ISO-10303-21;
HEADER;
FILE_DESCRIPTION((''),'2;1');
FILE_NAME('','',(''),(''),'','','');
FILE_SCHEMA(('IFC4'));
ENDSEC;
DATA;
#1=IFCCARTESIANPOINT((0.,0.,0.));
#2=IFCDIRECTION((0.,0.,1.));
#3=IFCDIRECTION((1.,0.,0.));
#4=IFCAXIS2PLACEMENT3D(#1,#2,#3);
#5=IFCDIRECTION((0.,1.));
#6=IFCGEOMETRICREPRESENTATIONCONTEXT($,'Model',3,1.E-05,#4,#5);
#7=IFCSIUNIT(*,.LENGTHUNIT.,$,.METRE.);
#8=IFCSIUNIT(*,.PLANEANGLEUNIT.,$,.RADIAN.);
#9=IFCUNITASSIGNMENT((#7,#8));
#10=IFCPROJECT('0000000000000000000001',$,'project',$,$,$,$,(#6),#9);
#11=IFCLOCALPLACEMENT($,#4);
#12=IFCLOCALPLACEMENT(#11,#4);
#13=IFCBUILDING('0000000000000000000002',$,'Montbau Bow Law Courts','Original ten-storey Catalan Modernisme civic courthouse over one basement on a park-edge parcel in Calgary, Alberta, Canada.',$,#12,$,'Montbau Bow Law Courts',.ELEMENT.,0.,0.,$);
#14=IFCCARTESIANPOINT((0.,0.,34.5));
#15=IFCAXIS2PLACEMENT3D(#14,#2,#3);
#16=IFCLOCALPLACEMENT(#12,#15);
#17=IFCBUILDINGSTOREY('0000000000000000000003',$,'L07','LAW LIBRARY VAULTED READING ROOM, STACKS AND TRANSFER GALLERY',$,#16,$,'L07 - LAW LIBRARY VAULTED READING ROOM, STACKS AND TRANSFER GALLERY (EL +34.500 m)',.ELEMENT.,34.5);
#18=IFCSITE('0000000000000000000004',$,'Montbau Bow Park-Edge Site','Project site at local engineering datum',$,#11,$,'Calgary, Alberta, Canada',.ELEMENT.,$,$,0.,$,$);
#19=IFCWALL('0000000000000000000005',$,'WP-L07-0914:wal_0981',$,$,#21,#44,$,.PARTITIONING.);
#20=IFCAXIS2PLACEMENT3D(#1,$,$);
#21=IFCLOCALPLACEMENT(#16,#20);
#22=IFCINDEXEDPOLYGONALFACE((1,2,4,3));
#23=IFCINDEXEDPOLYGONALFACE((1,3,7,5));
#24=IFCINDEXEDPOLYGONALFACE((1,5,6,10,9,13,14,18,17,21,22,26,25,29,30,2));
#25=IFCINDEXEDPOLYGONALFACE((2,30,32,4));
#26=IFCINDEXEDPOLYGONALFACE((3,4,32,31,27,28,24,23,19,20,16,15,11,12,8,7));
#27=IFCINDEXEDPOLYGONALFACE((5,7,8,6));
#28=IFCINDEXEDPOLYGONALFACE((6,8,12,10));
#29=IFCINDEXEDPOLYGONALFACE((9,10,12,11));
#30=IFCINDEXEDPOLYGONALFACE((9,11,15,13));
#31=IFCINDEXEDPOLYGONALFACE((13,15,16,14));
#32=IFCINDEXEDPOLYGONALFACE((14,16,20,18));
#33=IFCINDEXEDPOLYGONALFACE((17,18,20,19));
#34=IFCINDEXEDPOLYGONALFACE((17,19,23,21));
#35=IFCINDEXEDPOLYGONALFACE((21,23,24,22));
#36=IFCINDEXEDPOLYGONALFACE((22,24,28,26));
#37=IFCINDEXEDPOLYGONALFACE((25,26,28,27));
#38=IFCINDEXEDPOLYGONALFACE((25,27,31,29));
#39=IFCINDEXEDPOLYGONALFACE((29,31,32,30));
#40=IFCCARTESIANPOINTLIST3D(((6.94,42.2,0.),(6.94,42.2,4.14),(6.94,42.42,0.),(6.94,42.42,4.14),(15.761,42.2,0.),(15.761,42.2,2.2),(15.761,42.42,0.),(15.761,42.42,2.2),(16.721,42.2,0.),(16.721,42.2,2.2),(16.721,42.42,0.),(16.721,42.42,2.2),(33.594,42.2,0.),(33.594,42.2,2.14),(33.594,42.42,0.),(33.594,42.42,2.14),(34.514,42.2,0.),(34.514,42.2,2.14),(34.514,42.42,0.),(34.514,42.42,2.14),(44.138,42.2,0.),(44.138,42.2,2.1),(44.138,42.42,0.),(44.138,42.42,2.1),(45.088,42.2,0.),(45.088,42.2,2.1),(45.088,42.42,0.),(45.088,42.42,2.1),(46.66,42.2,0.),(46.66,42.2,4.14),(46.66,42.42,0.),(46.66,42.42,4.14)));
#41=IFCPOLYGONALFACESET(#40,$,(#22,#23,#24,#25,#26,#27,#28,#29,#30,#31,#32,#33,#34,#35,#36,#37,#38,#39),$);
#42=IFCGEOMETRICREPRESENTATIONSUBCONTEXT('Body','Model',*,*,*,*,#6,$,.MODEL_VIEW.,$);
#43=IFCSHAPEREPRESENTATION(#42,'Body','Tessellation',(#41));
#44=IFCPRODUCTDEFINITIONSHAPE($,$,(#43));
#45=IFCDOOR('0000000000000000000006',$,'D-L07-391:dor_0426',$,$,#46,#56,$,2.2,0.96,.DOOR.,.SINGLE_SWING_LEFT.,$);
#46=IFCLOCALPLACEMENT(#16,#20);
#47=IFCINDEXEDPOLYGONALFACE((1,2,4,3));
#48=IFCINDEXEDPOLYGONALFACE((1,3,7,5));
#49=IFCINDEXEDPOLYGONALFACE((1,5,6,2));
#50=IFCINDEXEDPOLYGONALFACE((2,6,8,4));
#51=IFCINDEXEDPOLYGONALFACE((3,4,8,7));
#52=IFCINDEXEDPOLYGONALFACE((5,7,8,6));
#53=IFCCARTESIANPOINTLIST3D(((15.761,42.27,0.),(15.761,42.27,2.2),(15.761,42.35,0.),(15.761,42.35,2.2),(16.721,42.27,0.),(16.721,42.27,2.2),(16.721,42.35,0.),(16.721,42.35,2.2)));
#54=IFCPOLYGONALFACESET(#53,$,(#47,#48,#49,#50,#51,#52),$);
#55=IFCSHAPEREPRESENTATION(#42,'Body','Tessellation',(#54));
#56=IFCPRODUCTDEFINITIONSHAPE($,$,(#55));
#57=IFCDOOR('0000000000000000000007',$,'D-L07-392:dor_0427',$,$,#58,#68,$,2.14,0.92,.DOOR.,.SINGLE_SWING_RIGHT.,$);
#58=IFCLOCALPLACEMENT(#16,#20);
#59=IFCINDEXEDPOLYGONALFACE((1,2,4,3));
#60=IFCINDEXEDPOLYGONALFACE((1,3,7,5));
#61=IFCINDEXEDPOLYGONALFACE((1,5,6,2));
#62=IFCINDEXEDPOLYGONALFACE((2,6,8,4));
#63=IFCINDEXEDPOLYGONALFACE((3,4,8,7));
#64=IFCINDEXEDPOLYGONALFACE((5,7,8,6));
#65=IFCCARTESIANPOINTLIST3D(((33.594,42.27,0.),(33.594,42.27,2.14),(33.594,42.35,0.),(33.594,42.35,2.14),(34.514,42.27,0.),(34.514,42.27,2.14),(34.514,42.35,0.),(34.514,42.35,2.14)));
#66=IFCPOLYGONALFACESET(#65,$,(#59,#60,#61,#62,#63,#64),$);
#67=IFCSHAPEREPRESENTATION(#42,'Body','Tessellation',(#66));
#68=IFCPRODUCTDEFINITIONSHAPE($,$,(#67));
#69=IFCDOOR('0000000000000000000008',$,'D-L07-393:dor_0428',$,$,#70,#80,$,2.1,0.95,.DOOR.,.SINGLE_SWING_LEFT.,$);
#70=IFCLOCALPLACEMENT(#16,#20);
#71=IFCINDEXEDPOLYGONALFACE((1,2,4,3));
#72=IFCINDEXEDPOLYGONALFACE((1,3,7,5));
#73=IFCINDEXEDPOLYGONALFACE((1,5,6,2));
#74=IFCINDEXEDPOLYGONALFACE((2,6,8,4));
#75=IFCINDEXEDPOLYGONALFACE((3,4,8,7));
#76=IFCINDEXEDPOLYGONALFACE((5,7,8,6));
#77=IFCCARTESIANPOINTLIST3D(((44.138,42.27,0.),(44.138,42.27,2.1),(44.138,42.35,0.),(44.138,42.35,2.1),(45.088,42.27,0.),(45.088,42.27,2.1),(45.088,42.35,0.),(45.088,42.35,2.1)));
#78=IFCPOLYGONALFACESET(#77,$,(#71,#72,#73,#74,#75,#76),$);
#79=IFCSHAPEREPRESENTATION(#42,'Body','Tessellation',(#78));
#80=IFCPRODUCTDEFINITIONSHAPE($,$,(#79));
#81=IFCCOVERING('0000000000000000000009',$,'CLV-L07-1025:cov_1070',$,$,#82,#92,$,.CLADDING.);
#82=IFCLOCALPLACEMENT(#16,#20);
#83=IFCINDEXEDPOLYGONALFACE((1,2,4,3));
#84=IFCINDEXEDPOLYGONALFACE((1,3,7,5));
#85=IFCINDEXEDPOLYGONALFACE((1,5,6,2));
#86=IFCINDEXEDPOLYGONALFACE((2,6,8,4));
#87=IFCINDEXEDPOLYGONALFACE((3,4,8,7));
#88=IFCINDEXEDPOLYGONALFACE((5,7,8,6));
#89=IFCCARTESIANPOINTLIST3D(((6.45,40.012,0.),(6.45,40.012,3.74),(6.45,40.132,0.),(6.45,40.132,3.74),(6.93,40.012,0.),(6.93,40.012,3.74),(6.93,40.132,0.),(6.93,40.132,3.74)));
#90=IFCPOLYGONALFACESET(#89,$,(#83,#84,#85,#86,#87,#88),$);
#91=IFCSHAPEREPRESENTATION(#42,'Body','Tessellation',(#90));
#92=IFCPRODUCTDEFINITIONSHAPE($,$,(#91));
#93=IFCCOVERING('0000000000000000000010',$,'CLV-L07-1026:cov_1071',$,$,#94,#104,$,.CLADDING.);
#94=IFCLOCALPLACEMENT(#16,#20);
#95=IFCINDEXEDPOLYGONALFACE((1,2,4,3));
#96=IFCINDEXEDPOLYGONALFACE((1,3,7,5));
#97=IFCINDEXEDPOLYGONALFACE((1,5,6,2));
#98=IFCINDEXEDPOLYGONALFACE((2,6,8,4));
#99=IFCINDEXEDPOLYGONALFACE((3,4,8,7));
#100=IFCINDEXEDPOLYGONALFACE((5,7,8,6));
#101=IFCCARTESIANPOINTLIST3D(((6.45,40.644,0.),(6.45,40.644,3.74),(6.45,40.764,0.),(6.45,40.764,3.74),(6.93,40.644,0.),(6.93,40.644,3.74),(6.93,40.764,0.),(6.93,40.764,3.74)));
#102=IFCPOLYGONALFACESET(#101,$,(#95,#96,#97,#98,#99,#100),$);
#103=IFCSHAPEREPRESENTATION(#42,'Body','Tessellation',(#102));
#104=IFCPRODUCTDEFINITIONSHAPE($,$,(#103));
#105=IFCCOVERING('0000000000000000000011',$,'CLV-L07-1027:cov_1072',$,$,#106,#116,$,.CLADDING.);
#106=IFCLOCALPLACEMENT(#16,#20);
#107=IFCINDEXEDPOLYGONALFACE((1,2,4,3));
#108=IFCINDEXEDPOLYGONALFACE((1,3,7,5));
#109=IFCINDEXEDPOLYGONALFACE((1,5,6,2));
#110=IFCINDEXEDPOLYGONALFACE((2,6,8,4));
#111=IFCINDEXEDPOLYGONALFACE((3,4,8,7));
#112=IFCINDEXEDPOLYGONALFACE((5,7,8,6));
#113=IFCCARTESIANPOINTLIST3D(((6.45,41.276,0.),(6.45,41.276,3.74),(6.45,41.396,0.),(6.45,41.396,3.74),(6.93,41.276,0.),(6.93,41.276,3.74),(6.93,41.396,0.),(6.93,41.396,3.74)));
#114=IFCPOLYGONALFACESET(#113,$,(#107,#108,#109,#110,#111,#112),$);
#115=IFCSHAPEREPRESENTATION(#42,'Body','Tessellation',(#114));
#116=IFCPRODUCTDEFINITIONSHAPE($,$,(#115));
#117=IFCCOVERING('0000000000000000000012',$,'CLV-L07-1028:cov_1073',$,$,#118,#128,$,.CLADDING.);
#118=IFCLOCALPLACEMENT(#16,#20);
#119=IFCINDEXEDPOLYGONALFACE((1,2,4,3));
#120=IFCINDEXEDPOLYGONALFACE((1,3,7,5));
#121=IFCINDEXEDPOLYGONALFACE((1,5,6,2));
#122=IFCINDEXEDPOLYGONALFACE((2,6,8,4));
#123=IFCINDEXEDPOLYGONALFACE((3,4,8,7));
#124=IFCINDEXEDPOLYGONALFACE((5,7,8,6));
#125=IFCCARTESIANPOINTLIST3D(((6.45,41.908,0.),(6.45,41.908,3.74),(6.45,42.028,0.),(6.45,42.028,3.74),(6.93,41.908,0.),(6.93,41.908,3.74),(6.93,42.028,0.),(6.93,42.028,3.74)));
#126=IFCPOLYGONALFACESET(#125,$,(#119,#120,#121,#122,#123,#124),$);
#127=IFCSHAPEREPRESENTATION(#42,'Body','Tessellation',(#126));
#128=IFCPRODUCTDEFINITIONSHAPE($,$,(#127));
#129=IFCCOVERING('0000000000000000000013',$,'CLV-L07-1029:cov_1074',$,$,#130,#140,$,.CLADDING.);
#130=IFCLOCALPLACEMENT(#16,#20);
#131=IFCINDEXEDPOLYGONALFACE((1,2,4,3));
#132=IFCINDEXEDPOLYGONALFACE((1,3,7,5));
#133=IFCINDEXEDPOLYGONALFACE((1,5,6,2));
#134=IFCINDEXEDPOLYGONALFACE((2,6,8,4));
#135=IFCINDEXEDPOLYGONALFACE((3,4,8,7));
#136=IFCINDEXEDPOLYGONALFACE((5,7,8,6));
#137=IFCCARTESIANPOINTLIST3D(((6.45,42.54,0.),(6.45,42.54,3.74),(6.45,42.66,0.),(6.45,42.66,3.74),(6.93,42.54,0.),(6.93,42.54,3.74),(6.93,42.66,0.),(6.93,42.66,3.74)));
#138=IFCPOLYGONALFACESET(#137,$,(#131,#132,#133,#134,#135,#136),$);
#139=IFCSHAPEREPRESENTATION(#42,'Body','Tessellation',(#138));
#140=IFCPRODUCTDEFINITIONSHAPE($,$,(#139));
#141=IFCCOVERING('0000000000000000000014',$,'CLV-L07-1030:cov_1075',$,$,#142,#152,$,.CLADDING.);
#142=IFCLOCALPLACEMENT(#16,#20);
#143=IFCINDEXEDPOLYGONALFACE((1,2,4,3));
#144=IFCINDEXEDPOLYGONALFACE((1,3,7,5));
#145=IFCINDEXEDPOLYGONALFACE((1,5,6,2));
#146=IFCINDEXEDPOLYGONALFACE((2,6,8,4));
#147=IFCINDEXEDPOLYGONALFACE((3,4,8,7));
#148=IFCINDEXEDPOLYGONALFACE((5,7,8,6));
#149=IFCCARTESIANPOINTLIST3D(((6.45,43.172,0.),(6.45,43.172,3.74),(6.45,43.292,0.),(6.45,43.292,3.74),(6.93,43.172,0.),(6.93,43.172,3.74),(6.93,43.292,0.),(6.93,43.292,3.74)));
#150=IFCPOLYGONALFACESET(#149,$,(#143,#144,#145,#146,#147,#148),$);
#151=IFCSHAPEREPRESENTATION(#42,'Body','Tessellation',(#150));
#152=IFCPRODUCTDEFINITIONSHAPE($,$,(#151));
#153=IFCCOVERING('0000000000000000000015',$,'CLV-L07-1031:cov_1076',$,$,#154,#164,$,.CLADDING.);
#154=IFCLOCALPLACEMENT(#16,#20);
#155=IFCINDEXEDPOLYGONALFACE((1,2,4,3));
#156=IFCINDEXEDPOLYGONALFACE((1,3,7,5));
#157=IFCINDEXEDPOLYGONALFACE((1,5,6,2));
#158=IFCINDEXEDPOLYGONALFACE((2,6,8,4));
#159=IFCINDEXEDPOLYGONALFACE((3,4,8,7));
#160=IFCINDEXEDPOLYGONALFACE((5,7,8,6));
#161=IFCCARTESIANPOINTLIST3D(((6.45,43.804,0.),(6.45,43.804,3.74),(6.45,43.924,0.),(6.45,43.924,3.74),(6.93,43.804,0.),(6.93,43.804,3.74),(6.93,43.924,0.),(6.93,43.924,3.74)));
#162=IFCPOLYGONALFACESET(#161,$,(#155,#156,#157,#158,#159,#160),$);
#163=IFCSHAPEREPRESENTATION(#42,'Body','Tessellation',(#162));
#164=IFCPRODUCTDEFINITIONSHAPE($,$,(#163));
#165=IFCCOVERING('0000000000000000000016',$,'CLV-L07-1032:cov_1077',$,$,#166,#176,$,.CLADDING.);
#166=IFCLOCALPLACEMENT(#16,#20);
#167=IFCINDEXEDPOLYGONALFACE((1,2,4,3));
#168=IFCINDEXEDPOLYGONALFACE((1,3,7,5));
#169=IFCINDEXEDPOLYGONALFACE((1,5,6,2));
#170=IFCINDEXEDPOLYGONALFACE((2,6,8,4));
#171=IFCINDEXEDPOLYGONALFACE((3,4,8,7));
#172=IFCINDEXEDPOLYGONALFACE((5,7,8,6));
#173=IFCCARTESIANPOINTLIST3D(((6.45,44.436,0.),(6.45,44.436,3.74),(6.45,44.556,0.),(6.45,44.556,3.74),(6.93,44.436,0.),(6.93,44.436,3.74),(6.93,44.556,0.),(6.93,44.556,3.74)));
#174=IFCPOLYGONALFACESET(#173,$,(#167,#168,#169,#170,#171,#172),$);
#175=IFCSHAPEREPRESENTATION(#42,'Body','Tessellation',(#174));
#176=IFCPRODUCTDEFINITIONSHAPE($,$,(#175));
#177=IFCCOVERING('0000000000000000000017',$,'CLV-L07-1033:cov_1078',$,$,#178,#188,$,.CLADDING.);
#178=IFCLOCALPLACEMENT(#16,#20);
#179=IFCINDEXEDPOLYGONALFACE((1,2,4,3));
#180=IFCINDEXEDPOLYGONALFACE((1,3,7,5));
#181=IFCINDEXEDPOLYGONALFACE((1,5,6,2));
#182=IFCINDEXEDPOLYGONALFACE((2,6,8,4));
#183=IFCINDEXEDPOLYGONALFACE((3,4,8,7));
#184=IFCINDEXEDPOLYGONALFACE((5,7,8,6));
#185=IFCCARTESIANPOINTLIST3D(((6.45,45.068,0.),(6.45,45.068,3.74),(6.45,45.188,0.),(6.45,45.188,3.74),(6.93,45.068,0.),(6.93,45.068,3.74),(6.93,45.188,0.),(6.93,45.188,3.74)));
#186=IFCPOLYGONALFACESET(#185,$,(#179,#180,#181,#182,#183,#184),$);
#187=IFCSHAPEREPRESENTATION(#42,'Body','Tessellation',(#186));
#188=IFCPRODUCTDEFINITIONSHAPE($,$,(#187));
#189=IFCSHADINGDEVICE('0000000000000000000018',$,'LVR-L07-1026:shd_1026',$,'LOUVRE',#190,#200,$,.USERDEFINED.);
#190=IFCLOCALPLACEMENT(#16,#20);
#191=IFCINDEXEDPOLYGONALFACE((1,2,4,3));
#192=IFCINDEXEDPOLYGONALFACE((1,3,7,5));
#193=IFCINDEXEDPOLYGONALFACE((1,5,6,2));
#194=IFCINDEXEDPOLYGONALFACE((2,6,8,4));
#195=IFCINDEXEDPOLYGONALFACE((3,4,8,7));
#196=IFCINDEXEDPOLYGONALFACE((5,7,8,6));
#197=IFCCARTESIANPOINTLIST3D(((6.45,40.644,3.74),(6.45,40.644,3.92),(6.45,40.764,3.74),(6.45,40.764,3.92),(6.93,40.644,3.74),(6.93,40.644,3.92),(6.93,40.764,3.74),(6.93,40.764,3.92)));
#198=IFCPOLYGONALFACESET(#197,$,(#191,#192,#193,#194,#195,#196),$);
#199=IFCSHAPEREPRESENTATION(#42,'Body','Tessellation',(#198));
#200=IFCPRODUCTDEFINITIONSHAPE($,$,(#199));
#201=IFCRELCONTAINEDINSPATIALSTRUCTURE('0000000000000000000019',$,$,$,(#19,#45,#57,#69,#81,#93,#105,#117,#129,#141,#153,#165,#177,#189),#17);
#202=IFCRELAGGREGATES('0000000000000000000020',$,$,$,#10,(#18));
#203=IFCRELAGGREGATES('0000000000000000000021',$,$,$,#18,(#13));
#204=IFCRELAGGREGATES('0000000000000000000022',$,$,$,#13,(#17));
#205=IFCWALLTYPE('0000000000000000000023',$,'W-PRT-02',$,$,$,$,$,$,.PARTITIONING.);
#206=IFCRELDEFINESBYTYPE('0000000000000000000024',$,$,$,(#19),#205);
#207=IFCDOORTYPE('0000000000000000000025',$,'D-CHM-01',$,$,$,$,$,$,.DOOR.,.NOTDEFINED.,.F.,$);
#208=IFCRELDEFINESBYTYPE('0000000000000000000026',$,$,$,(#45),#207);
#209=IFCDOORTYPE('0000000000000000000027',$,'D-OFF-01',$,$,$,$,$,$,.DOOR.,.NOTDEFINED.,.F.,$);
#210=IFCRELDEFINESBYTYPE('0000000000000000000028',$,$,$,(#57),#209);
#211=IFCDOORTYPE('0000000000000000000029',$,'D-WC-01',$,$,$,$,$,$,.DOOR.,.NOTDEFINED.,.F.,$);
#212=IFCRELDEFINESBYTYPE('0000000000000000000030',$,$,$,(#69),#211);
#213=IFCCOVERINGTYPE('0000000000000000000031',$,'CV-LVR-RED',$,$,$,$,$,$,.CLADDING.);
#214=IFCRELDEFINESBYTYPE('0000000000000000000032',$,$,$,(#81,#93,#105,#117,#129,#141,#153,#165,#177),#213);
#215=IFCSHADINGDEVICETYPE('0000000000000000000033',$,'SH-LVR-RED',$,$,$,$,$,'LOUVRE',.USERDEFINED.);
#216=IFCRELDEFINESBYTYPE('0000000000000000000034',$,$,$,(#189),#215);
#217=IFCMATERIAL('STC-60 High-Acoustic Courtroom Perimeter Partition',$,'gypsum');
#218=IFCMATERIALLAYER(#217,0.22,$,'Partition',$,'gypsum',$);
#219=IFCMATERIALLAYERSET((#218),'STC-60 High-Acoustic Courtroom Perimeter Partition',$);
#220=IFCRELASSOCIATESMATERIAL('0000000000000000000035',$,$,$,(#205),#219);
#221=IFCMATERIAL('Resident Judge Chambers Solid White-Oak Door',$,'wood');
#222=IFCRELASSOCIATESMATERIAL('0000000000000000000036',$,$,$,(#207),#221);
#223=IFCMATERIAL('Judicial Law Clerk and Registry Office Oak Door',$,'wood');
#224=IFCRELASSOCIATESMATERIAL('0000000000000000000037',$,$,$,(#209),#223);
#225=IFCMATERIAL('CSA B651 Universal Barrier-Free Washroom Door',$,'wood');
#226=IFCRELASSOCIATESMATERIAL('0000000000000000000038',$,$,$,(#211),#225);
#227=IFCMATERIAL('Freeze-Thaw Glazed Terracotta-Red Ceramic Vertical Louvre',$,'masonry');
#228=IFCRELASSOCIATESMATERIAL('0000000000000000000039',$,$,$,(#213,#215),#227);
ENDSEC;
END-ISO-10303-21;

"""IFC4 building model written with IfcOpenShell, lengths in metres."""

from ifc_helpers import new_model, si_unit, direction, frame, frame_2d, origin_with_axes, origin_2d_with_axis, place, context, subcontext, project, spatial, rectangle, extrude, material, layer, layer_set, type_object, element, fill, save


model = new_model("IFC4")

# Units and contexts
model_context = context("Model", 3, precision=1e-05, world=origin_with_axes(), true_north=direction((0.0, 1.0)))
body_context = subcontext(model_context, "Body", "Model", "MODEL_VIEW")
ifc_project = project(units=[si_unit("LENGTHUNIT", "METRE"), si_unit("PLANEANGLEUNIT", "RADIAN")], contexts=[model_context])

# Site, building, storey
site_placement = place(None, origin_with_axes())
site = spatial("IfcSite", under=ifc_project, at=site_placement, Name="Montbau Bow Park-Edge Site", Description="Project site at local engineering datum", LongName="Calgary, Alberta, Canada", CompositionType="ELEMENT", RefElevation=0.0)
building_placement = place(site_placement, origin_with_axes())
building = spatial("IfcBuilding", under=site, at=building_placement, Name="Montbau Bow Law Courts", Description="Original ten-storey Catalan Modernisme civic courthouse over one basement on a park-edge parcel in Calgary, Alberta, Canada.", LongName="Montbau Bow Law Courts", CompositionType="ELEMENT", ElevationOfRefHeight=0.0, ElevationOfTerrain=0.0)
storey_placement = place(building_placement, frame((0.0, 0.0, 34.5), z_axis=(0.0, 0.0, 1.0), x_axis=(1.0, 0.0, 0.0)))
storey = spatial("IfcBuildingStorey", under=building, at=storey_placement, Name="L07", Description="LAW LIBRARY VAULTED READING ROOM, STACKS AND TRANSFER GALLERY", LongName="L07 - LAW LIBRARY VAULTED READING ROOM, STACKS AND TRANSFER GALLERY (EL +34.500 m)", CompositionType="ELEMENT", Elevation=34.5)

# Wall, openings, doors
ifc_material_1 = material(Name="STC-60 High-Acoustic Courtroom Perimeter Partition", Category="gypsum")
ifc_layer_1 = layer(ifc_material_1, 0.22, Name="Partition", Category="gypsum")
ifc_layer_set_1 = layer_set([ifc_layer_1], Name="STC-60 High-Acoustic Courtroom Perimeter Partition")
wall_type = type_object("IfcWallType", Name="W-PRT-02", PredefinedType="PARTITIONING", material=ifc_layer_set_1)
wall_placement = place(None, frame((6.94, 42.31, 34.5), z_axis=(0.0, 0.0, 1.0), x_axis=(1.0, 0.0, 0.0)))
wall = element("IfcWall", 1, at=wall_placement, inside=storey, type_object=wall_type, Name="WP-L07-0914:wal_0981", PredefinedType="PARTITIONING", context=body_context, shape_type="SweptSolid", body=[
    extrude(rectangle(XDim=39.72, YDim=0.22, at=frame_2d((19.86, 0.0), x_axis=(1.0, 0.0))), origin_with_axes(), (0.0, 0.0, 1.0), 4.14),
])
opening_1_placement = place(None, frame((16.241, 42.31, 34.5), z_axis=(0.0, 0.0, 1.0), x_axis=(1.0, 0.0, 0.0)))
opening_1 = element("IfcOpeningElement", 2, at=opening_1_placement, cuts=wall, PredefinedType="OPENING", context=body_context, shape_type="SweptSolid", body=[
    extrude(rectangle(XDim=0.96, YDim=2.2, at=frame_2d((0.0, 1.1), x_axis=(1.0, 0.0))), frame((0.0, 0.12, 0.0), z_axis=(0.0, -1.0, 0.0), x_axis=(1.0, 0.0, 0.0)), (0.0, 0.0, 1.0), 0.24),
])
opening_2_placement = place(None, frame((34.054, 42.31, 34.5), z_axis=(0.0, 0.0, 1.0), x_axis=(1.0, 0.0, 0.0)))
opening_2 = element("IfcOpeningElement", 3, at=opening_2_placement, cuts=wall, PredefinedType="OPENING", context=body_context, shape_type="SweptSolid", body=[
    extrude(rectangle(XDim=0.92, YDim=2.14, at=frame_2d((0.0, 1.07), x_axis=(1.0, 0.0))), frame((0.0, 0.12, 0.0), z_axis=(0.0, -1.0, 0.0), x_axis=(1.0, 0.0, 0.0)), (0.0, 0.0, 1.0), 0.24),
])
opening_3_placement = place(None, frame((44.613, 42.31, 34.5), z_axis=(0.0, 0.0, 1.0), x_axis=(1.0, 0.0, 0.0)))
opening_3 = element("IfcOpeningElement", 4, at=opening_3_placement, cuts=wall, PredefinedType="OPENING", context=body_context, shape_type="SweptSolid", body=[
    extrude(rectangle(XDim=0.95, YDim=2.1, at=frame_2d((0.0, 1.05), x_axis=(1.0, 0.0))), frame((0.0, 0.12, 0.0), z_axis=(0.0, -1.0, 0.0), x_axis=(1.0, 0.0, 0.0)), (0.0, 0.0, 1.0), 0.24),
])
ifc_material_2 = material(Name="Resident Judge Chambers Solid White-Oak Door", Category="wood")
door_type_1 = type_object("IfcDoorType", Name="D-CHM-01", OperationType="NOTDEFINED", ParameterTakesPrecedence=False, PredefinedType="DOOR", material=ifc_material_2)
door_1_placement = place(None, frame((16.241, 42.31, 34.5), z_axis=(0.0, 0.0, 1.0), x_axis=(1.0, 0.0, 0.0)))
door_1 = element("IfcDoor", 5, at=door_1_placement, inside=storey, type_object=door_type_1, Name="D-L07-391:dor_0426", OperationType="SINGLE_SWING_LEFT", OverallHeight=2.2, OverallWidth=0.96, PredefinedType="DOOR", context=body_context, shape_type="SweptSolid", body=[
    extrude(rectangle(XDim=0.96, YDim=2.2, at=frame_2d((0.0, 1.1), x_axis=(1.0, 0.0))), frame((0.0, 0.04, 0.0), z_axis=(0.0, -1.0, 0.0), x_axis=(1.0, 0.0, 0.0)), (0.0, 0.0, 1.0), 0.08),
])
fill(opening_1, door_1)
ifc_material_3 = material(Name="Judicial Law Clerk and Registry Office Oak Door", Category="wood")
door_type_2 = type_object("IfcDoorType", Name="D-OFF-01", OperationType="NOTDEFINED", ParameterTakesPrecedence=False, PredefinedType="DOOR", material=ifc_material_3)
door_2_placement = place(None, frame((34.054, 42.31, 34.5), z_axis=(0.0, 0.0, 1.0), x_axis=(1.0, 0.0, 0.0)))
door_2 = element("IfcDoor", 6, at=door_2_placement, inside=storey, type_object=door_type_2, Name="D-L07-392:dor_0427", OperationType="SINGLE_SWING_RIGHT", OverallHeight=2.14, OverallWidth=0.92, PredefinedType="DOOR", context=body_context, shape_type="SweptSolid", body=[
    extrude(rectangle(XDim=0.92, YDim=2.14, at=frame_2d((0.0, 1.07), x_axis=(1.0, 0.0))), frame((0.0, 0.04, 0.0), z_axis=(0.0, -1.0, 0.0), x_axis=(1.0, 0.0, 0.0)), (0.0, 0.0, 1.0), 0.08),
])
fill(opening_2, door_2)
ifc_material_4 = material(Name="CSA B651 Universal Barrier-Free Washroom Door", Category="wood")
door_type_3 = type_object("IfcDoorType", Name="D-WC-01", OperationType="NOTDEFINED", ParameterTakesPrecedence=False, PredefinedType="DOOR", material=ifc_material_4)
door_3_placement = place(None, frame((44.613, 42.31, 34.5), z_axis=(0.0, 0.0, 1.0), x_axis=(1.0, 0.0, 0.0)))
door_3 = element("IfcDoor", 7, at=door_3_placement, inside=storey, type_object=door_type_3, Name="D-L07-393:dor_0428", OperationType="SINGLE_SWING_LEFT", OverallHeight=2.1, OverallWidth=0.95, PredefinedType="DOOR", context=body_context, shape_type="SweptSolid", body=[
    extrude(rectangle(XDim=0.95, YDim=2.1, at=frame_2d((0.0, 1.05), x_axis=(1.0, 0.0))), frame((0.0, 0.04, 0.0), z_axis=(0.0, -1.0, 0.0), x_axis=(1.0, 0.0, 0.0)), (0.0, 0.0, 1.0), 0.08),
])
fill(opening_3, door_3)

# Coverings
ifc_material_5 = material(Name="Freeze-Thaw Glazed Terracotta-Red Ceramic Vertical Louvre", Category="masonry")
covering_type = type_object("IfcCoveringType", Name="CV-LVR-RED", PredefinedType="CLADDING", material=ifc_material_5)
for number, where, z_axis, x_axis, name in (
    (8, (6.93, 40.072, 34.5), (0.0, 1.0, 0.0), (-1.0, 0.0, 0.0), "CLV-L07-1025:cov_1070"),
    (9, (6.93, 40.704, 34.5), (0.0, 1.0, 0.0), (-1.0, 0.0, 0.0), "CLV-L07-1026:cov_1071"),
    (10, (6.93, 41.336, 34.5), (0.0, 1.0, 0.0), (-1.0, 0.0, 0.0), "CLV-L07-1027:cov_1072"),
    (11, (6.93, 41.968, 34.5), (0.0, 1.0, 0.0), (-1.0, 0.0, 0.0), "CLV-L07-1028:cov_1073"),
    (12, (6.93, 42.6, 34.5), (0.0, 1.0, 0.0), (-1.0, 0.0, 0.0), "CLV-L07-1029:cov_1074"),
    (13, (6.93, 43.232, 34.5), (0.0, 1.0, 0.0), (-1.0, 0.0, 0.0), "CLV-L07-1030:cov_1075"),
    (14, (6.93, 43.864, 34.5), (0.0, 1.0, 0.0), (-1.0, 0.0, 0.0), "CLV-L07-1031:cov_1076"),
    (15, (6.93, 44.496, 34.5), (0.0, 1.0, 0.0), (-1.0, 0.0, 0.0), "CLV-L07-1032:cov_1077"),
    (16, (6.93, 45.128, 34.5), (0.0, 1.0, 0.0), (-1.0, 0.0, 0.0), "CLV-L07-1033:cov_1078"),
):
    element("IfcCovering", number, at=place(None, frame(where, z_axis=z_axis, x_axis=x_axis)), inside=storey, type_object=covering_type, Name=name, PredefinedType="CLADDING", context=body_context, shape_type="SweptSolid", body=[
        extrude(rectangle(XDim=0.48, YDim=3.74, at=frame_2d((0.24, 1.87), x_axis=(1.0, 0.0))), frame((0.0, 0.0, -0.06), z_axis=(0.0, 0.0, 1.0), x_axis=(1.0, 0.0, 0.0)), (0.0, 0.0, 1.0), 0.12),
    ])

# Shading device
shading_device_type = type_object("IfcShadingDeviceType", Name="SH-LVR-RED", ElementType="LOUVRE", PredefinedType="USERDEFINED", material=ifc_material_5)
for number, where, z_axis, x_axis, name in (
    (17, (6.69, 40.704, 38.24), (0.0, 0.0, 1.0), (-1.0, 0.0, 0.0), "LVR-L07-1026:shd_1026"),
):
    element("IfcShadingDevice", number, at=place(None, frame(where, z_axis=z_axis, x_axis=x_axis)), inside=storey, type_object=shading_device_type, Name=name, ObjectType="LOUVRE", PredefinedType="USERDEFINED", context=body_context, shape_type="SweptSolid", body=[
        extrude(rectangle(XDim=0.48, YDim=0.12, at=origin_2d_with_axis()), origin_with_axes(), (0.0, 0.0, 1.0), 0.18),
    ])

save(model, "model.ifc")
